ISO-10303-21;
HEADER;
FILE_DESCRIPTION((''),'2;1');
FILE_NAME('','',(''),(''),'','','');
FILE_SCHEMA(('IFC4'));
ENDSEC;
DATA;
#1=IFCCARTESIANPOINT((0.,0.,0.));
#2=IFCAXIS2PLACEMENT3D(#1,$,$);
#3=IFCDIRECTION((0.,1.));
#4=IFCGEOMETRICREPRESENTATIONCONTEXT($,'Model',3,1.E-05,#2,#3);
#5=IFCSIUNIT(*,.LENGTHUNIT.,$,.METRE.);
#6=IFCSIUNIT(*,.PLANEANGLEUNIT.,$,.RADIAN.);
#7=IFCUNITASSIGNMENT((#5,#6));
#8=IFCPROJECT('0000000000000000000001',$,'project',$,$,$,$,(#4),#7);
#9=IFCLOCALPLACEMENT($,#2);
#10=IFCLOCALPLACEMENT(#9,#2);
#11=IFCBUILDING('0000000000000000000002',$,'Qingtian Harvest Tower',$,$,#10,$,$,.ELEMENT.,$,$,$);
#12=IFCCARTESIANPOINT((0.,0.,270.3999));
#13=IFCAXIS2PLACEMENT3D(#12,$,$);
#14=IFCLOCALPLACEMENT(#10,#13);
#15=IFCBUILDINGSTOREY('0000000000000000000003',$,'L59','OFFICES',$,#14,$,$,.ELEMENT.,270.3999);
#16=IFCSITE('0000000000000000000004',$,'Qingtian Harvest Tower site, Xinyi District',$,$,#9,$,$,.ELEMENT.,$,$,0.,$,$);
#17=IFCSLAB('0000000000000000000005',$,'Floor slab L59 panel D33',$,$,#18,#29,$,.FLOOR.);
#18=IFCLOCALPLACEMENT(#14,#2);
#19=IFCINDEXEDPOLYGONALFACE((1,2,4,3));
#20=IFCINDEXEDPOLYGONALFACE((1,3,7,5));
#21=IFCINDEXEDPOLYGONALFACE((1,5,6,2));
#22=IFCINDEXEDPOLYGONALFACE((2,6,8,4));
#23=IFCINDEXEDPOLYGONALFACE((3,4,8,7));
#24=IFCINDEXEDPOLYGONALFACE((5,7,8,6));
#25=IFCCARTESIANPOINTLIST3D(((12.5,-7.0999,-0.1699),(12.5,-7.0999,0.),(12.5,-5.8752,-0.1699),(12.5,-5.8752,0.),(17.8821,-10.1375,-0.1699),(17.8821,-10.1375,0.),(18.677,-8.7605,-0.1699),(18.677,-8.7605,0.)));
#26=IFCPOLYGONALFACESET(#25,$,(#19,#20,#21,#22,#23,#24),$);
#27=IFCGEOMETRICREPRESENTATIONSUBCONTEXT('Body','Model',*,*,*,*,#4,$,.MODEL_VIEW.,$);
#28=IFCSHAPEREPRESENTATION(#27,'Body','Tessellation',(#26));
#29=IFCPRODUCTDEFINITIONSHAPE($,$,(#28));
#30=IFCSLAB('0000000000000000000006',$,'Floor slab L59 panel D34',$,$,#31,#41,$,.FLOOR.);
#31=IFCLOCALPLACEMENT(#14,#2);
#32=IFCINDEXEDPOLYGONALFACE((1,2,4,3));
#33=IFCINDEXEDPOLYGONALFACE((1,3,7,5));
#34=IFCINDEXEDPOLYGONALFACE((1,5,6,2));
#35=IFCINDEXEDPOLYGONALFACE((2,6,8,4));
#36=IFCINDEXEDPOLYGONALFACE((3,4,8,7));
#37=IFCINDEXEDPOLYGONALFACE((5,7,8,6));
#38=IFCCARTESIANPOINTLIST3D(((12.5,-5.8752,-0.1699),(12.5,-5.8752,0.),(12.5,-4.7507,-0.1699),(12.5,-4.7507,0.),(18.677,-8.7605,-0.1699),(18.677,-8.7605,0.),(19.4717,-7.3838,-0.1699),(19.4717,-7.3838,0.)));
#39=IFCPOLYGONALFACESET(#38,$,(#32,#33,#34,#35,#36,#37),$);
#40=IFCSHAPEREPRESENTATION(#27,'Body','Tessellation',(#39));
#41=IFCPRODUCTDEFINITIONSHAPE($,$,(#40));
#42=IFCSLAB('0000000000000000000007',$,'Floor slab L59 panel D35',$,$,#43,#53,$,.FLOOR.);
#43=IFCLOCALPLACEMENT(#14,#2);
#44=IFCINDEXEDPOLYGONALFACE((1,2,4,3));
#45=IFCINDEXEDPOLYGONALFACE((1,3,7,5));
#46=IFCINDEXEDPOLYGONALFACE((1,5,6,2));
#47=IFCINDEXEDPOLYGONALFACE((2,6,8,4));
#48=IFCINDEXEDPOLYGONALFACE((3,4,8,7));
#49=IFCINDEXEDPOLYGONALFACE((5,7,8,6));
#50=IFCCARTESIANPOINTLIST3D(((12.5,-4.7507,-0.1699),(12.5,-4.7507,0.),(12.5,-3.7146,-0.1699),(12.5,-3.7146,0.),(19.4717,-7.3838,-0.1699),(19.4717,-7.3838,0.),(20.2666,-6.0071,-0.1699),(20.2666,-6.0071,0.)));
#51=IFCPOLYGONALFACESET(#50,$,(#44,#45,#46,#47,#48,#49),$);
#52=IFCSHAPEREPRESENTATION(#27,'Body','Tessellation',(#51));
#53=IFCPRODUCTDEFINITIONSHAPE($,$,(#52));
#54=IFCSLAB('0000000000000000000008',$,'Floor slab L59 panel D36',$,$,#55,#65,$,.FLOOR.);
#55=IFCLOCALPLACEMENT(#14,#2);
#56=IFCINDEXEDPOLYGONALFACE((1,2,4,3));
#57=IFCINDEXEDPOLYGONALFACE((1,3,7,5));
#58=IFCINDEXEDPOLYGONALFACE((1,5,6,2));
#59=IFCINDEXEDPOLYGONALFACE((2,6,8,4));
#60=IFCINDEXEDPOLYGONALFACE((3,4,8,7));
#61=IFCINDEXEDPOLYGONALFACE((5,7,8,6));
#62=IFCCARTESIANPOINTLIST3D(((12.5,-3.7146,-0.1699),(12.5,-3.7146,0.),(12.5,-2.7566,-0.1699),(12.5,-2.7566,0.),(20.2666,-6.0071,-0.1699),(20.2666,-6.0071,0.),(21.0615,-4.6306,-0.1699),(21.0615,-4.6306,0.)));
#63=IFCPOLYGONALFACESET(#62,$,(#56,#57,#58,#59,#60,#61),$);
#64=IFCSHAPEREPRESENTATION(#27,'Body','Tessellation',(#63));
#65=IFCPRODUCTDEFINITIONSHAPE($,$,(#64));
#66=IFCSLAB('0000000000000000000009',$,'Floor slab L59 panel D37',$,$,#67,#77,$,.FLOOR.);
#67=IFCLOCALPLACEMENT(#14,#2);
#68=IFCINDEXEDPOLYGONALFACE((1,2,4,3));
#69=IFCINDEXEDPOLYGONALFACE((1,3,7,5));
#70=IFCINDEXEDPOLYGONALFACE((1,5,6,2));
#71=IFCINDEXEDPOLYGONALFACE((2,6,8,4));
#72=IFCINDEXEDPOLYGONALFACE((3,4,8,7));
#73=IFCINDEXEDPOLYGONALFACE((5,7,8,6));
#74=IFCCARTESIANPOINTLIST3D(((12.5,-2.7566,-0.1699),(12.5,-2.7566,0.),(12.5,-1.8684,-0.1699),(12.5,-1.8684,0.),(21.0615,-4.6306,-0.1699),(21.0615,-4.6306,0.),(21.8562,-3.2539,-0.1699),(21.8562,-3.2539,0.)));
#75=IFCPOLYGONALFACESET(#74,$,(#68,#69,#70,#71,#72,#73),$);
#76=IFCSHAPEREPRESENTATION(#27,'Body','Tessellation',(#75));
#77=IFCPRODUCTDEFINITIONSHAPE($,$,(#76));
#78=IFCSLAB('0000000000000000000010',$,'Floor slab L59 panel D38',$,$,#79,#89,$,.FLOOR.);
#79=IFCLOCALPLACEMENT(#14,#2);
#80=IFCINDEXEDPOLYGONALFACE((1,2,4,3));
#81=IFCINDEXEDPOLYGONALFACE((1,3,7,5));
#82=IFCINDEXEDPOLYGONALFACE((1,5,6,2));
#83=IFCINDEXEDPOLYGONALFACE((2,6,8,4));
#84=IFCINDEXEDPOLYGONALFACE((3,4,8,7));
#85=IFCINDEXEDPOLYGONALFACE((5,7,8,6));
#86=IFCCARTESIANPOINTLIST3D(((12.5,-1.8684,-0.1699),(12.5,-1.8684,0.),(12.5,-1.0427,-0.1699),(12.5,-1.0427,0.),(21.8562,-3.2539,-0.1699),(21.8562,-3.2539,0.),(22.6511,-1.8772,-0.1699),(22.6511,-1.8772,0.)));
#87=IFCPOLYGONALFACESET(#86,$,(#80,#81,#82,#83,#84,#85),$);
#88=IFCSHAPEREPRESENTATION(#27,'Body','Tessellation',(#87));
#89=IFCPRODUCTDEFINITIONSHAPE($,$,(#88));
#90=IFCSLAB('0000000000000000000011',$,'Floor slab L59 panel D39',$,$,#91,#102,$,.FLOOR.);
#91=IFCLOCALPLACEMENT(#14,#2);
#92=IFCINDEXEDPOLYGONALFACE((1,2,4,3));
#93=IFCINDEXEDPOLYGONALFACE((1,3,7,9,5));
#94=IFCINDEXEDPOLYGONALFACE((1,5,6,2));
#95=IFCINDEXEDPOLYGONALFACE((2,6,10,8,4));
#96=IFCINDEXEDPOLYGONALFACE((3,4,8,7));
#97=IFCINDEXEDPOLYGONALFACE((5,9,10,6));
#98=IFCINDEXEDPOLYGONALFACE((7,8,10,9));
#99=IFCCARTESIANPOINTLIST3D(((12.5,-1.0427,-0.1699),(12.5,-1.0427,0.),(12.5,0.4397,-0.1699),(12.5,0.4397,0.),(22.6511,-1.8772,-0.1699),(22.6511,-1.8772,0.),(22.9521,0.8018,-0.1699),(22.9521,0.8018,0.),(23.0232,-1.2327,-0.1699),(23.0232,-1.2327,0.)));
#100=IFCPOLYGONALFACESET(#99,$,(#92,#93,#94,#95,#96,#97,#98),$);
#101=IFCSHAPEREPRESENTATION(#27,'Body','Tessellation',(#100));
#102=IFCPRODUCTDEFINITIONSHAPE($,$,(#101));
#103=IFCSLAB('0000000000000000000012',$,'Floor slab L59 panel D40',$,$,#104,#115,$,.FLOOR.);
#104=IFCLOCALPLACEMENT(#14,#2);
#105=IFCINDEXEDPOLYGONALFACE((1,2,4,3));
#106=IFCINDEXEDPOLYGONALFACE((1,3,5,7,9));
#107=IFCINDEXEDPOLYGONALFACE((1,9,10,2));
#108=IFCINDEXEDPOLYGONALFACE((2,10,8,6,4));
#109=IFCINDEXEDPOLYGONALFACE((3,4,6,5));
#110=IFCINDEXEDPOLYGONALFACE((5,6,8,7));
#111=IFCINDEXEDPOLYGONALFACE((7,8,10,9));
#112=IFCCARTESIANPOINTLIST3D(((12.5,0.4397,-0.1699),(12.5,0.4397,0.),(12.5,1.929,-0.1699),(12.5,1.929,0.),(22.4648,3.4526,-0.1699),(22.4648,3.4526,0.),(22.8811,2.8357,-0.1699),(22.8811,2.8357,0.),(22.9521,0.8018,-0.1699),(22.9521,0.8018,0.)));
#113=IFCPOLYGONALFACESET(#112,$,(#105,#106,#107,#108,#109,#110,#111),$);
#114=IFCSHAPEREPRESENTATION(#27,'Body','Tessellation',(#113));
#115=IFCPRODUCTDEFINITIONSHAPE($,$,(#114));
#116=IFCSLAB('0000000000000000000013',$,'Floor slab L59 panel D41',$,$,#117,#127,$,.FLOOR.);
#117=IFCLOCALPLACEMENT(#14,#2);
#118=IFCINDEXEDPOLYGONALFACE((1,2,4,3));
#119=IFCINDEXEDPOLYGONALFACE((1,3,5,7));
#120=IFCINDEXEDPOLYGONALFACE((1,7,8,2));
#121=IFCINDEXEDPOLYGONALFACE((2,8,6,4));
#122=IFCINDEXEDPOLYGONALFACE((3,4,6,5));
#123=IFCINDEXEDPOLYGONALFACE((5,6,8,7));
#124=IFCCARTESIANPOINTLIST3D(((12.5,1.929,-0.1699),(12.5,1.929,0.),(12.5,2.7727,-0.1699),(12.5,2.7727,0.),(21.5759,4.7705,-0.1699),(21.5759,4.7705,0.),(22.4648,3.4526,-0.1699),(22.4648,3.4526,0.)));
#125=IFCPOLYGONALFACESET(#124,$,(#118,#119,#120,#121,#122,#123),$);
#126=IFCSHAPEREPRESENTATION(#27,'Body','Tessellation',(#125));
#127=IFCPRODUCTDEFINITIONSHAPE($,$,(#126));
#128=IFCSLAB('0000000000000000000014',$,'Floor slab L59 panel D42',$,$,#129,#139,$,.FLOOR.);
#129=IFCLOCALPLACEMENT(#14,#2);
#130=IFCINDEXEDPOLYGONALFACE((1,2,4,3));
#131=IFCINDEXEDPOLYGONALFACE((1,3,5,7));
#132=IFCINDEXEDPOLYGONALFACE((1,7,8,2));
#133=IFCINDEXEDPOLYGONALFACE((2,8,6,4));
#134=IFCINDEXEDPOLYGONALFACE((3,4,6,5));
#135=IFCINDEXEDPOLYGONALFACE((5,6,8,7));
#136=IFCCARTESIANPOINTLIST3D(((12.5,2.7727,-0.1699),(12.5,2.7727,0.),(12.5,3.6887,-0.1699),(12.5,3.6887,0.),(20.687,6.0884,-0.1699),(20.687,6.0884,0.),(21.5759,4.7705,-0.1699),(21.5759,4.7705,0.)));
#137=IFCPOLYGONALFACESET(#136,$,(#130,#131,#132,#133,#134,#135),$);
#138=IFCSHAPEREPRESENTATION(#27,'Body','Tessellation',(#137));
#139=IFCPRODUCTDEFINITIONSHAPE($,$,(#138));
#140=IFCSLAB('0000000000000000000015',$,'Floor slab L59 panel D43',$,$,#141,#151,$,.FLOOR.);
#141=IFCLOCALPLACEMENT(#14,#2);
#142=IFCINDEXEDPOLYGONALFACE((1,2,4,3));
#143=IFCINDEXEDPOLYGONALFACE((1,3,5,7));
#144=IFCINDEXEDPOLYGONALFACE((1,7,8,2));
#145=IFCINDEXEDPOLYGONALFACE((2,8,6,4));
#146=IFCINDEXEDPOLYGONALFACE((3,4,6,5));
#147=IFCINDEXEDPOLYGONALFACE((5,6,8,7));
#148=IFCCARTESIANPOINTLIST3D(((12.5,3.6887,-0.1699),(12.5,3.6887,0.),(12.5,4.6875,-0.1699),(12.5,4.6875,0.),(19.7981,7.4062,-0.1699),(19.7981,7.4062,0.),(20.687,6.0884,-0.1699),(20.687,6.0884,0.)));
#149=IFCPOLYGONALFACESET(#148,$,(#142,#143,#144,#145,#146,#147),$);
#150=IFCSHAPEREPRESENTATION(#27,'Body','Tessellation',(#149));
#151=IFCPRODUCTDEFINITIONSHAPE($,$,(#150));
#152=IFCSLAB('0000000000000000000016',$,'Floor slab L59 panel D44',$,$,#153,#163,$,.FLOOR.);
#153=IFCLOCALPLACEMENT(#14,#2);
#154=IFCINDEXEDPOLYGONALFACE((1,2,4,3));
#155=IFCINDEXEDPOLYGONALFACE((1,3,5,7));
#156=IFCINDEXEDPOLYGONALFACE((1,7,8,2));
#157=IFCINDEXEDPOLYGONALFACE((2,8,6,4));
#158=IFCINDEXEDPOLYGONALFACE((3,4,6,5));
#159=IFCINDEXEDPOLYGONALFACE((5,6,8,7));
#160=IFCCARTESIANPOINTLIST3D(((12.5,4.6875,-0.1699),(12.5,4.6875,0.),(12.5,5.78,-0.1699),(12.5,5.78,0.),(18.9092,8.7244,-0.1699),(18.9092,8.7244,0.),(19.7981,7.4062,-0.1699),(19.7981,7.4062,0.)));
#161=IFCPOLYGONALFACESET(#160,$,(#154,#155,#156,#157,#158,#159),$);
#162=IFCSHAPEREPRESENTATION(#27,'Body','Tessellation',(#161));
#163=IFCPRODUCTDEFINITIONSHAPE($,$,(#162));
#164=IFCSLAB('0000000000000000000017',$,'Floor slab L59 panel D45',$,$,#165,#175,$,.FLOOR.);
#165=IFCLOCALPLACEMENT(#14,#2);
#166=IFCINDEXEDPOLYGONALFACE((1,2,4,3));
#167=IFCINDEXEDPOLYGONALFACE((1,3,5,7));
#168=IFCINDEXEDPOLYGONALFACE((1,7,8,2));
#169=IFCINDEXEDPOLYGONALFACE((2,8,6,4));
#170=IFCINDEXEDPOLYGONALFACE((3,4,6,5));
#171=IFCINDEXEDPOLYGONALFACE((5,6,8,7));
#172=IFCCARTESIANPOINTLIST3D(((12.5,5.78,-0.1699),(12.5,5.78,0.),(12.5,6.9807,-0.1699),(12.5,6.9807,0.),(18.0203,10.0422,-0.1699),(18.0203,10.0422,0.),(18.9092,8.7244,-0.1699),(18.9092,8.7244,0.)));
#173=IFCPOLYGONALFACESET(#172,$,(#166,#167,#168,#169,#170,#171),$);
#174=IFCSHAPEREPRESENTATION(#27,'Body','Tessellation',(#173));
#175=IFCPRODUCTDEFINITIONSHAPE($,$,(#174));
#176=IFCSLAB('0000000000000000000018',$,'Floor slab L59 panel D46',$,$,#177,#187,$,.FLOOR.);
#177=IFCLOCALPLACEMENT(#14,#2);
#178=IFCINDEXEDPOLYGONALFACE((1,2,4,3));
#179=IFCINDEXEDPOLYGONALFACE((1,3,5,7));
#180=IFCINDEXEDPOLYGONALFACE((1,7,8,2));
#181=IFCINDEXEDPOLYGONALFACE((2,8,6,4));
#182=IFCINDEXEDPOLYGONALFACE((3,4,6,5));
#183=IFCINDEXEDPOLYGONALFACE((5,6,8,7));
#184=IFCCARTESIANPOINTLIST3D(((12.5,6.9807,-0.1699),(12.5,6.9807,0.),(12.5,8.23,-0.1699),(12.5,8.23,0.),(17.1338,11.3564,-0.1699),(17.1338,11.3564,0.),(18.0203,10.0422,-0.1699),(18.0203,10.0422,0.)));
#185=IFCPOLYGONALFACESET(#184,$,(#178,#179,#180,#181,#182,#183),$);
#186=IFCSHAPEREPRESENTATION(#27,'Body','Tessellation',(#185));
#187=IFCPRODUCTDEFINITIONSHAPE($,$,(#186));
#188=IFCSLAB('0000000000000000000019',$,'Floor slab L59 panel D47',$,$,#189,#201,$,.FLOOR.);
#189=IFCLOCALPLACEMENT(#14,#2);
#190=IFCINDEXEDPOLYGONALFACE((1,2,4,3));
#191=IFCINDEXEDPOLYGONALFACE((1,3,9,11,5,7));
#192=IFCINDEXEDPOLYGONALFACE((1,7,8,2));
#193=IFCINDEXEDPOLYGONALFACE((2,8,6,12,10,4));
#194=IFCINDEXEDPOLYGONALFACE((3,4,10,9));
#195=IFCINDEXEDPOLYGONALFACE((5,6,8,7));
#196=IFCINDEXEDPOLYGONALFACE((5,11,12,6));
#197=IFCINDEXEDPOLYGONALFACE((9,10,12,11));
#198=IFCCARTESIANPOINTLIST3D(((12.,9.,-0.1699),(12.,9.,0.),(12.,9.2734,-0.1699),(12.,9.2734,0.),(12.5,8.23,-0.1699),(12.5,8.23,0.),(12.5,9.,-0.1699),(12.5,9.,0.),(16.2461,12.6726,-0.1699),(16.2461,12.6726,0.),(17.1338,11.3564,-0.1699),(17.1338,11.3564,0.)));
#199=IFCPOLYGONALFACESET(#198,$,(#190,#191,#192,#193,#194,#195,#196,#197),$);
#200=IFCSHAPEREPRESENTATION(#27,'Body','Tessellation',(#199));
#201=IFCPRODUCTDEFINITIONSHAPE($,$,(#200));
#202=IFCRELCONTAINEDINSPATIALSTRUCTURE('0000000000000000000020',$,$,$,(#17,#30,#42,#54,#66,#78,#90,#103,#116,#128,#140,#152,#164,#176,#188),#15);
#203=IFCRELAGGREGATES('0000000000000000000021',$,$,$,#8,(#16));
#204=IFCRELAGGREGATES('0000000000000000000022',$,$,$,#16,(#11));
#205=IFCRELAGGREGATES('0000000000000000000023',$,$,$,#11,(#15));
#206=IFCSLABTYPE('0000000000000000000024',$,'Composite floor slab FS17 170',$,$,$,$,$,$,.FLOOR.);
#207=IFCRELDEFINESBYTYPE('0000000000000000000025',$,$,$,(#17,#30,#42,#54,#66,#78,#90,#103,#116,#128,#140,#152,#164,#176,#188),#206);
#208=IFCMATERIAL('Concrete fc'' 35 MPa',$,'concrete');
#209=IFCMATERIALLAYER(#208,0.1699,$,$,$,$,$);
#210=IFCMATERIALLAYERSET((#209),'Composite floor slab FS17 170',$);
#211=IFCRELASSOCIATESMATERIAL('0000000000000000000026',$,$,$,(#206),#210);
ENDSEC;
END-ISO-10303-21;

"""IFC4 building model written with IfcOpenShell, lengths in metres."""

from ifc_helpers import new_model, si_unit, direction, frame, origin, place, context, subcontext, project, spatial, polyline, outline, extrude, material, layer, layer_set, type_object, element, save


model = new_model("IFC4")

# Units and contexts
model_context = context("Model", 3, precision=1e-05, world=origin(), true_north=direction((0.0, 1.0)))
body_context = subcontext(model_context, "Body", "Model", "MODEL_VIEW")
ifc_project = project(units=[si_unit("LENGTHUNIT", "METRE"), si_unit("PLANEANGLEUNIT", "RADIAN")], contexts=[model_context])

# Site, building, storey
site_placement = place(None, origin())
site = spatial("IfcSite", under=ifc_project, at=site_placement, Name="Qingtian Harvest Tower site, Xinyi District", CompositionType="ELEMENT", RefElevation=0.0)
building_placement = place(site_placement, origin())
building = spatial("IfcBuilding", under=site, at=building_placement, Name="Qingtian Harvest Tower", CompositionType="ELEMENT")
storey_placement = place(building_placement, frame((0.0, 0.0, 270.3999)))
storey = spatial("IfcBuildingStorey", under=building, at=storey_placement, Name="L59", Description="OFFICES", CompositionType="ELEMENT", Elevation=270.3999)

# Slabs
ifc_material_1 = material(Name="Concrete fc' 35 MPa", Category="concrete")
ifc_layer_1 = layer(ifc_material_1, 0.1699)
ifc_layer_set_1 = layer_set([ifc_layer_1], Name="Composite floor slab FS17 170")
slab_type = type_object("IfcSlabType", Name="Composite floor slab FS17 170", PredefinedType="FLOOR", material=ifc_layer_set_1)
slab_1_placement = place(storey_placement, frame((0.0, 0.0, -0.1699)))
element("IfcSlab", 1, at=slab_1_placement, inside=storey, type_object=slab_type, Name="Floor slab L59 panel D33", PredefinedType="FLOOR", context=body_context, shape_type="SweptSolid", body=[
    extrude(outline(polyline([(12.5, -5.8752), (18.677, -8.7605), (17.8821, -10.1375), (12.5, -7.0999), (12.5, -5.8752)])), origin(), (0.0, 0.0, 1.0), 0.1699),
])
slab_2_placement = place(storey_placement, frame((0.0, 0.0, -0.1699)))
element("IfcSlab", 2, at=slab_2_placement, inside=storey, type_object=slab_type, Name="Floor slab L59 panel D34", PredefinedType="FLOOR", context=body_context, shape_type="SweptSolid", body=[
    extrude(outline(polyline([(12.5, -4.7507), (19.4717, -7.3838), (18.677, -8.7605), (12.5, -5.8752), (12.5, -4.7507)])), origin(), (0.0, 0.0, 1.0), 0.1699),
])
slab_3_placement = place(storey_placement, frame((0.0, 0.0, -0.1699)))
element("IfcSlab", 3, at=slab_3_placement, inside=storey, type_object=slab_type, Name="Floor slab L59 panel D35", PredefinedType="FLOOR", context=body_context, shape_type="SweptSolid", body=[
    extrude(outline(polyline([(12.5, -3.7146), (20.2666, -6.0071), (19.4717, -7.3838), (12.5, -4.7507), (12.5, -3.7146)])), origin(), (0.0, 0.0, 1.0), 0.1699),
])
slab_4_placement = place(storey_placement, frame((0.0, 0.0, -0.1699)))
element("IfcSlab", 4, at=slab_4_placement, inside=storey, type_object=slab_type, Name="Floor slab L59 panel D36", PredefinedType="FLOOR", context=body_context, shape_type="SweptSolid", body=[
    extrude(outline(polyline([(12.5, -2.7566), (21.0615, -4.6306), (20.2666, -6.0071), (12.5, -3.7146), (12.5, -2.7566)])), origin(), (0.0, 0.0, 1.0), 0.1699),
])
slab_5_placement = place(storey_placement, frame((0.0, 0.0, -0.1699)))
element("IfcSlab", 5, at=slab_5_placement, inside=storey, type_object=slab_type, Name="Floor slab L59 panel D37", PredefinedType="FLOOR", context=body_context, shape_type="SweptSolid", body=[
    extrude(outline(polyline([(12.5, -1.8684), (21.8562, -3.2539), (21.0615, -4.6306), (12.5, -2.7566), (12.5, -1.8684)])), origin(), (0.0, 0.0, 1.0), 0.1699),
])
slab_6_placement = place(storey_placement, frame((0.0, 0.0, -0.1699)))
element("IfcSlab", 6, at=slab_6_placement, inside=storey, type_object=slab_type, Name="Floor slab L59 panel D38", PredefinedType="FLOOR", context=body_context, shape_type="SweptSolid", body=[
    extrude(outline(polyline([(12.5, -1.0427), (22.6511, -1.8772), (21.8562, -3.2539), (12.5, -1.8684), (12.5, -1.0427)])), origin(), (0.0, 0.0, 1.0), 0.1699),
])
slab_7_placement = place(storey_placement, frame((0.0, 0.0, -0.1699)))
element("IfcSlab", 7, at=slab_7_placement, inside=storey, type_object=slab_type, Name="Floor slab L59 panel D39", PredefinedType="FLOOR", context=body_context, shape_type="SweptSolid", body=[
    extrude(outline(polyline([(12.5, -1.0427), (12.5, 0.4397), (22.9521, 0.8018), (23.0232, -1.2327), (22.6511, -1.8772), (12.5, -1.0427)])), origin(), (0.0, 0.0, 1.0), 0.1699),
])
slab_8_placement = place(storey_placement, frame((0.0, 0.0, -0.1699)))
element("IfcSlab", 8, at=slab_8_placement, inside=storey, type_object=slab_type, Name="Floor slab L59 panel D40", PredefinedType="FLOOR", context=body_context, shape_type="SweptSolid", body=[
    extrude(outline(polyline([(12.5, 0.4397), (12.5, 1.929), (22.4648, 3.4526), (22.8811, 2.8357), (22.9521, 0.8018), (12.5, 0.4397)])), origin(), (0.0, 0.0, 1.0), 0.1699),
])
slab_9_placement = place(storey_placement, frame((0.0, 0.0, -0.1699)))
element("IfcSlab", 9, at=slab_9_placement, inside=storey, type_object=slab_type, Name="Floor slab L59 panel D41", PredefinedType="FLOOR", context=body_context, shape_type="SweptSolid", body=[
    extrude(outline(polyline([(12.5, 2.7727), (21.5759, 4.7705), (22.4648, 3.4526), (12.5, 1.929), (12.5, 2.7727)])), origin(), (0.0, 0.0, 1.0), 0.1699),
])
slab_10_placement = place(storey_placement, frame((0.0, 0.0, -0.1699)))
element("IfcSlab", 10, at=slab_10_placement, inside=storey, type_object=slab_type, Name="Floor slab L59 panel D42", PredefinedType="FLOOR", context=body_context, shape_type="SweptSolid", body=[
    extrude(outline(polyline([(12.5, 3.6887), (20.687, 6.0884), (21.5759, 4.7705), (12.5, 2.7727), (12.5, 3.6887)])), origin(), (0.0, 0.0, 1.0), 0.1699),
])
slab_11_placement = place(storey_placement, frame((0.0, 0.0, -0.1699)))
element("IfcSlab", 11, at=slab_11_placement, inside=storey, type_object=slab_type, Name="Floor slab L59 panel D43", PredefinedType="FLOOR", context=body_context, shape_type="SweptSolid", body=[
    extrude(outline(polyline([(12.5, 4.6875), (19.7981, 7.4062), (20.687, 6.0884), (12.5, 3.6887), (12.5, 4.6875)])), origin(), (0.0, 0.0, 1.0), 0.1699),
])
slab_12_placement = place(storey_placement, frame((0.0, 0.0, -0.1699)))
element("IfcSlab", 12, at=slab_12_placement, inside=storey, type_object=slab_type, Name="Floor slab L59 panel D44", PredefinedType="FLOOR", context=body_context, shape_type="SweptSolid", body=[
    extrude(outline(polyline([(12.5, 5.78), (18.9092, 8.7244), (19.7981, 7.4062), (12.5, 4.6875), (12.5, 5.78)])), origin(), (0.0, 0.0, 1.0), 0.1699),
])
slab_13_placement = place(storey_placement, frame((0.0, 0.0, -0.1699)))
element("IfcSlab", 13, at=slab_13_placement, inside=storey, type_object=slab_type, Name="Floor slab L59 panel D45", PredefinedType="FLOOR", context=body_context, shape_type="SweptSolid", body=[
    extrude(outline(polyline([(12.5, 6.9807), (18.0203, 10.0422), (18.9092, 8.7244), (12.5, 5.78), (12.5, 6.9807)])), origin(), (0.0, 0.0, 1.0), 0.1699),
])
slab_14_placement = place(storey_placement, frame((0.0, 0.0, -0.1699)))
element("IfcSlab", 14, at=slab_14_placement, inside=storey, type_object=slab_type, Name="Floor slab L59 panel D46", PredefinedType="FLOOR", context=body_context, shape_type="SweptSolid", body=[
    extrude(outline(polyline([(12.5, 8.23), (17.1338, 11.3564), (18.0203, 10.0422), (12.5, 6.9807), (12.5, 8.23)])), origin(), (0.0, 0.0, 1.0), 0.1699),
])
slab_15_placement = place(storey_placement, frame((0.0, 0.0, -0.1699)))
element("IfcSlab", 15, at=slab_15_placement, inside=storey, type_object=slab_type, Name="Floor slab L59 panel D47", PredefinedType="FLOOR", context=body_context, shape_type="SweptSolid", body=[
    extrude(outline(polyline([(12.5, 9.0), (12.0, 9.0), (12.0, 9.2734), (16.2461, 12.6726), (17.1338, 11.3564), (12.5, 8.23), (12.5, 9.0)])), origin(), (0.0, 0.0, 1.0), 0.1699),
])

save(model, "model.ifc")
